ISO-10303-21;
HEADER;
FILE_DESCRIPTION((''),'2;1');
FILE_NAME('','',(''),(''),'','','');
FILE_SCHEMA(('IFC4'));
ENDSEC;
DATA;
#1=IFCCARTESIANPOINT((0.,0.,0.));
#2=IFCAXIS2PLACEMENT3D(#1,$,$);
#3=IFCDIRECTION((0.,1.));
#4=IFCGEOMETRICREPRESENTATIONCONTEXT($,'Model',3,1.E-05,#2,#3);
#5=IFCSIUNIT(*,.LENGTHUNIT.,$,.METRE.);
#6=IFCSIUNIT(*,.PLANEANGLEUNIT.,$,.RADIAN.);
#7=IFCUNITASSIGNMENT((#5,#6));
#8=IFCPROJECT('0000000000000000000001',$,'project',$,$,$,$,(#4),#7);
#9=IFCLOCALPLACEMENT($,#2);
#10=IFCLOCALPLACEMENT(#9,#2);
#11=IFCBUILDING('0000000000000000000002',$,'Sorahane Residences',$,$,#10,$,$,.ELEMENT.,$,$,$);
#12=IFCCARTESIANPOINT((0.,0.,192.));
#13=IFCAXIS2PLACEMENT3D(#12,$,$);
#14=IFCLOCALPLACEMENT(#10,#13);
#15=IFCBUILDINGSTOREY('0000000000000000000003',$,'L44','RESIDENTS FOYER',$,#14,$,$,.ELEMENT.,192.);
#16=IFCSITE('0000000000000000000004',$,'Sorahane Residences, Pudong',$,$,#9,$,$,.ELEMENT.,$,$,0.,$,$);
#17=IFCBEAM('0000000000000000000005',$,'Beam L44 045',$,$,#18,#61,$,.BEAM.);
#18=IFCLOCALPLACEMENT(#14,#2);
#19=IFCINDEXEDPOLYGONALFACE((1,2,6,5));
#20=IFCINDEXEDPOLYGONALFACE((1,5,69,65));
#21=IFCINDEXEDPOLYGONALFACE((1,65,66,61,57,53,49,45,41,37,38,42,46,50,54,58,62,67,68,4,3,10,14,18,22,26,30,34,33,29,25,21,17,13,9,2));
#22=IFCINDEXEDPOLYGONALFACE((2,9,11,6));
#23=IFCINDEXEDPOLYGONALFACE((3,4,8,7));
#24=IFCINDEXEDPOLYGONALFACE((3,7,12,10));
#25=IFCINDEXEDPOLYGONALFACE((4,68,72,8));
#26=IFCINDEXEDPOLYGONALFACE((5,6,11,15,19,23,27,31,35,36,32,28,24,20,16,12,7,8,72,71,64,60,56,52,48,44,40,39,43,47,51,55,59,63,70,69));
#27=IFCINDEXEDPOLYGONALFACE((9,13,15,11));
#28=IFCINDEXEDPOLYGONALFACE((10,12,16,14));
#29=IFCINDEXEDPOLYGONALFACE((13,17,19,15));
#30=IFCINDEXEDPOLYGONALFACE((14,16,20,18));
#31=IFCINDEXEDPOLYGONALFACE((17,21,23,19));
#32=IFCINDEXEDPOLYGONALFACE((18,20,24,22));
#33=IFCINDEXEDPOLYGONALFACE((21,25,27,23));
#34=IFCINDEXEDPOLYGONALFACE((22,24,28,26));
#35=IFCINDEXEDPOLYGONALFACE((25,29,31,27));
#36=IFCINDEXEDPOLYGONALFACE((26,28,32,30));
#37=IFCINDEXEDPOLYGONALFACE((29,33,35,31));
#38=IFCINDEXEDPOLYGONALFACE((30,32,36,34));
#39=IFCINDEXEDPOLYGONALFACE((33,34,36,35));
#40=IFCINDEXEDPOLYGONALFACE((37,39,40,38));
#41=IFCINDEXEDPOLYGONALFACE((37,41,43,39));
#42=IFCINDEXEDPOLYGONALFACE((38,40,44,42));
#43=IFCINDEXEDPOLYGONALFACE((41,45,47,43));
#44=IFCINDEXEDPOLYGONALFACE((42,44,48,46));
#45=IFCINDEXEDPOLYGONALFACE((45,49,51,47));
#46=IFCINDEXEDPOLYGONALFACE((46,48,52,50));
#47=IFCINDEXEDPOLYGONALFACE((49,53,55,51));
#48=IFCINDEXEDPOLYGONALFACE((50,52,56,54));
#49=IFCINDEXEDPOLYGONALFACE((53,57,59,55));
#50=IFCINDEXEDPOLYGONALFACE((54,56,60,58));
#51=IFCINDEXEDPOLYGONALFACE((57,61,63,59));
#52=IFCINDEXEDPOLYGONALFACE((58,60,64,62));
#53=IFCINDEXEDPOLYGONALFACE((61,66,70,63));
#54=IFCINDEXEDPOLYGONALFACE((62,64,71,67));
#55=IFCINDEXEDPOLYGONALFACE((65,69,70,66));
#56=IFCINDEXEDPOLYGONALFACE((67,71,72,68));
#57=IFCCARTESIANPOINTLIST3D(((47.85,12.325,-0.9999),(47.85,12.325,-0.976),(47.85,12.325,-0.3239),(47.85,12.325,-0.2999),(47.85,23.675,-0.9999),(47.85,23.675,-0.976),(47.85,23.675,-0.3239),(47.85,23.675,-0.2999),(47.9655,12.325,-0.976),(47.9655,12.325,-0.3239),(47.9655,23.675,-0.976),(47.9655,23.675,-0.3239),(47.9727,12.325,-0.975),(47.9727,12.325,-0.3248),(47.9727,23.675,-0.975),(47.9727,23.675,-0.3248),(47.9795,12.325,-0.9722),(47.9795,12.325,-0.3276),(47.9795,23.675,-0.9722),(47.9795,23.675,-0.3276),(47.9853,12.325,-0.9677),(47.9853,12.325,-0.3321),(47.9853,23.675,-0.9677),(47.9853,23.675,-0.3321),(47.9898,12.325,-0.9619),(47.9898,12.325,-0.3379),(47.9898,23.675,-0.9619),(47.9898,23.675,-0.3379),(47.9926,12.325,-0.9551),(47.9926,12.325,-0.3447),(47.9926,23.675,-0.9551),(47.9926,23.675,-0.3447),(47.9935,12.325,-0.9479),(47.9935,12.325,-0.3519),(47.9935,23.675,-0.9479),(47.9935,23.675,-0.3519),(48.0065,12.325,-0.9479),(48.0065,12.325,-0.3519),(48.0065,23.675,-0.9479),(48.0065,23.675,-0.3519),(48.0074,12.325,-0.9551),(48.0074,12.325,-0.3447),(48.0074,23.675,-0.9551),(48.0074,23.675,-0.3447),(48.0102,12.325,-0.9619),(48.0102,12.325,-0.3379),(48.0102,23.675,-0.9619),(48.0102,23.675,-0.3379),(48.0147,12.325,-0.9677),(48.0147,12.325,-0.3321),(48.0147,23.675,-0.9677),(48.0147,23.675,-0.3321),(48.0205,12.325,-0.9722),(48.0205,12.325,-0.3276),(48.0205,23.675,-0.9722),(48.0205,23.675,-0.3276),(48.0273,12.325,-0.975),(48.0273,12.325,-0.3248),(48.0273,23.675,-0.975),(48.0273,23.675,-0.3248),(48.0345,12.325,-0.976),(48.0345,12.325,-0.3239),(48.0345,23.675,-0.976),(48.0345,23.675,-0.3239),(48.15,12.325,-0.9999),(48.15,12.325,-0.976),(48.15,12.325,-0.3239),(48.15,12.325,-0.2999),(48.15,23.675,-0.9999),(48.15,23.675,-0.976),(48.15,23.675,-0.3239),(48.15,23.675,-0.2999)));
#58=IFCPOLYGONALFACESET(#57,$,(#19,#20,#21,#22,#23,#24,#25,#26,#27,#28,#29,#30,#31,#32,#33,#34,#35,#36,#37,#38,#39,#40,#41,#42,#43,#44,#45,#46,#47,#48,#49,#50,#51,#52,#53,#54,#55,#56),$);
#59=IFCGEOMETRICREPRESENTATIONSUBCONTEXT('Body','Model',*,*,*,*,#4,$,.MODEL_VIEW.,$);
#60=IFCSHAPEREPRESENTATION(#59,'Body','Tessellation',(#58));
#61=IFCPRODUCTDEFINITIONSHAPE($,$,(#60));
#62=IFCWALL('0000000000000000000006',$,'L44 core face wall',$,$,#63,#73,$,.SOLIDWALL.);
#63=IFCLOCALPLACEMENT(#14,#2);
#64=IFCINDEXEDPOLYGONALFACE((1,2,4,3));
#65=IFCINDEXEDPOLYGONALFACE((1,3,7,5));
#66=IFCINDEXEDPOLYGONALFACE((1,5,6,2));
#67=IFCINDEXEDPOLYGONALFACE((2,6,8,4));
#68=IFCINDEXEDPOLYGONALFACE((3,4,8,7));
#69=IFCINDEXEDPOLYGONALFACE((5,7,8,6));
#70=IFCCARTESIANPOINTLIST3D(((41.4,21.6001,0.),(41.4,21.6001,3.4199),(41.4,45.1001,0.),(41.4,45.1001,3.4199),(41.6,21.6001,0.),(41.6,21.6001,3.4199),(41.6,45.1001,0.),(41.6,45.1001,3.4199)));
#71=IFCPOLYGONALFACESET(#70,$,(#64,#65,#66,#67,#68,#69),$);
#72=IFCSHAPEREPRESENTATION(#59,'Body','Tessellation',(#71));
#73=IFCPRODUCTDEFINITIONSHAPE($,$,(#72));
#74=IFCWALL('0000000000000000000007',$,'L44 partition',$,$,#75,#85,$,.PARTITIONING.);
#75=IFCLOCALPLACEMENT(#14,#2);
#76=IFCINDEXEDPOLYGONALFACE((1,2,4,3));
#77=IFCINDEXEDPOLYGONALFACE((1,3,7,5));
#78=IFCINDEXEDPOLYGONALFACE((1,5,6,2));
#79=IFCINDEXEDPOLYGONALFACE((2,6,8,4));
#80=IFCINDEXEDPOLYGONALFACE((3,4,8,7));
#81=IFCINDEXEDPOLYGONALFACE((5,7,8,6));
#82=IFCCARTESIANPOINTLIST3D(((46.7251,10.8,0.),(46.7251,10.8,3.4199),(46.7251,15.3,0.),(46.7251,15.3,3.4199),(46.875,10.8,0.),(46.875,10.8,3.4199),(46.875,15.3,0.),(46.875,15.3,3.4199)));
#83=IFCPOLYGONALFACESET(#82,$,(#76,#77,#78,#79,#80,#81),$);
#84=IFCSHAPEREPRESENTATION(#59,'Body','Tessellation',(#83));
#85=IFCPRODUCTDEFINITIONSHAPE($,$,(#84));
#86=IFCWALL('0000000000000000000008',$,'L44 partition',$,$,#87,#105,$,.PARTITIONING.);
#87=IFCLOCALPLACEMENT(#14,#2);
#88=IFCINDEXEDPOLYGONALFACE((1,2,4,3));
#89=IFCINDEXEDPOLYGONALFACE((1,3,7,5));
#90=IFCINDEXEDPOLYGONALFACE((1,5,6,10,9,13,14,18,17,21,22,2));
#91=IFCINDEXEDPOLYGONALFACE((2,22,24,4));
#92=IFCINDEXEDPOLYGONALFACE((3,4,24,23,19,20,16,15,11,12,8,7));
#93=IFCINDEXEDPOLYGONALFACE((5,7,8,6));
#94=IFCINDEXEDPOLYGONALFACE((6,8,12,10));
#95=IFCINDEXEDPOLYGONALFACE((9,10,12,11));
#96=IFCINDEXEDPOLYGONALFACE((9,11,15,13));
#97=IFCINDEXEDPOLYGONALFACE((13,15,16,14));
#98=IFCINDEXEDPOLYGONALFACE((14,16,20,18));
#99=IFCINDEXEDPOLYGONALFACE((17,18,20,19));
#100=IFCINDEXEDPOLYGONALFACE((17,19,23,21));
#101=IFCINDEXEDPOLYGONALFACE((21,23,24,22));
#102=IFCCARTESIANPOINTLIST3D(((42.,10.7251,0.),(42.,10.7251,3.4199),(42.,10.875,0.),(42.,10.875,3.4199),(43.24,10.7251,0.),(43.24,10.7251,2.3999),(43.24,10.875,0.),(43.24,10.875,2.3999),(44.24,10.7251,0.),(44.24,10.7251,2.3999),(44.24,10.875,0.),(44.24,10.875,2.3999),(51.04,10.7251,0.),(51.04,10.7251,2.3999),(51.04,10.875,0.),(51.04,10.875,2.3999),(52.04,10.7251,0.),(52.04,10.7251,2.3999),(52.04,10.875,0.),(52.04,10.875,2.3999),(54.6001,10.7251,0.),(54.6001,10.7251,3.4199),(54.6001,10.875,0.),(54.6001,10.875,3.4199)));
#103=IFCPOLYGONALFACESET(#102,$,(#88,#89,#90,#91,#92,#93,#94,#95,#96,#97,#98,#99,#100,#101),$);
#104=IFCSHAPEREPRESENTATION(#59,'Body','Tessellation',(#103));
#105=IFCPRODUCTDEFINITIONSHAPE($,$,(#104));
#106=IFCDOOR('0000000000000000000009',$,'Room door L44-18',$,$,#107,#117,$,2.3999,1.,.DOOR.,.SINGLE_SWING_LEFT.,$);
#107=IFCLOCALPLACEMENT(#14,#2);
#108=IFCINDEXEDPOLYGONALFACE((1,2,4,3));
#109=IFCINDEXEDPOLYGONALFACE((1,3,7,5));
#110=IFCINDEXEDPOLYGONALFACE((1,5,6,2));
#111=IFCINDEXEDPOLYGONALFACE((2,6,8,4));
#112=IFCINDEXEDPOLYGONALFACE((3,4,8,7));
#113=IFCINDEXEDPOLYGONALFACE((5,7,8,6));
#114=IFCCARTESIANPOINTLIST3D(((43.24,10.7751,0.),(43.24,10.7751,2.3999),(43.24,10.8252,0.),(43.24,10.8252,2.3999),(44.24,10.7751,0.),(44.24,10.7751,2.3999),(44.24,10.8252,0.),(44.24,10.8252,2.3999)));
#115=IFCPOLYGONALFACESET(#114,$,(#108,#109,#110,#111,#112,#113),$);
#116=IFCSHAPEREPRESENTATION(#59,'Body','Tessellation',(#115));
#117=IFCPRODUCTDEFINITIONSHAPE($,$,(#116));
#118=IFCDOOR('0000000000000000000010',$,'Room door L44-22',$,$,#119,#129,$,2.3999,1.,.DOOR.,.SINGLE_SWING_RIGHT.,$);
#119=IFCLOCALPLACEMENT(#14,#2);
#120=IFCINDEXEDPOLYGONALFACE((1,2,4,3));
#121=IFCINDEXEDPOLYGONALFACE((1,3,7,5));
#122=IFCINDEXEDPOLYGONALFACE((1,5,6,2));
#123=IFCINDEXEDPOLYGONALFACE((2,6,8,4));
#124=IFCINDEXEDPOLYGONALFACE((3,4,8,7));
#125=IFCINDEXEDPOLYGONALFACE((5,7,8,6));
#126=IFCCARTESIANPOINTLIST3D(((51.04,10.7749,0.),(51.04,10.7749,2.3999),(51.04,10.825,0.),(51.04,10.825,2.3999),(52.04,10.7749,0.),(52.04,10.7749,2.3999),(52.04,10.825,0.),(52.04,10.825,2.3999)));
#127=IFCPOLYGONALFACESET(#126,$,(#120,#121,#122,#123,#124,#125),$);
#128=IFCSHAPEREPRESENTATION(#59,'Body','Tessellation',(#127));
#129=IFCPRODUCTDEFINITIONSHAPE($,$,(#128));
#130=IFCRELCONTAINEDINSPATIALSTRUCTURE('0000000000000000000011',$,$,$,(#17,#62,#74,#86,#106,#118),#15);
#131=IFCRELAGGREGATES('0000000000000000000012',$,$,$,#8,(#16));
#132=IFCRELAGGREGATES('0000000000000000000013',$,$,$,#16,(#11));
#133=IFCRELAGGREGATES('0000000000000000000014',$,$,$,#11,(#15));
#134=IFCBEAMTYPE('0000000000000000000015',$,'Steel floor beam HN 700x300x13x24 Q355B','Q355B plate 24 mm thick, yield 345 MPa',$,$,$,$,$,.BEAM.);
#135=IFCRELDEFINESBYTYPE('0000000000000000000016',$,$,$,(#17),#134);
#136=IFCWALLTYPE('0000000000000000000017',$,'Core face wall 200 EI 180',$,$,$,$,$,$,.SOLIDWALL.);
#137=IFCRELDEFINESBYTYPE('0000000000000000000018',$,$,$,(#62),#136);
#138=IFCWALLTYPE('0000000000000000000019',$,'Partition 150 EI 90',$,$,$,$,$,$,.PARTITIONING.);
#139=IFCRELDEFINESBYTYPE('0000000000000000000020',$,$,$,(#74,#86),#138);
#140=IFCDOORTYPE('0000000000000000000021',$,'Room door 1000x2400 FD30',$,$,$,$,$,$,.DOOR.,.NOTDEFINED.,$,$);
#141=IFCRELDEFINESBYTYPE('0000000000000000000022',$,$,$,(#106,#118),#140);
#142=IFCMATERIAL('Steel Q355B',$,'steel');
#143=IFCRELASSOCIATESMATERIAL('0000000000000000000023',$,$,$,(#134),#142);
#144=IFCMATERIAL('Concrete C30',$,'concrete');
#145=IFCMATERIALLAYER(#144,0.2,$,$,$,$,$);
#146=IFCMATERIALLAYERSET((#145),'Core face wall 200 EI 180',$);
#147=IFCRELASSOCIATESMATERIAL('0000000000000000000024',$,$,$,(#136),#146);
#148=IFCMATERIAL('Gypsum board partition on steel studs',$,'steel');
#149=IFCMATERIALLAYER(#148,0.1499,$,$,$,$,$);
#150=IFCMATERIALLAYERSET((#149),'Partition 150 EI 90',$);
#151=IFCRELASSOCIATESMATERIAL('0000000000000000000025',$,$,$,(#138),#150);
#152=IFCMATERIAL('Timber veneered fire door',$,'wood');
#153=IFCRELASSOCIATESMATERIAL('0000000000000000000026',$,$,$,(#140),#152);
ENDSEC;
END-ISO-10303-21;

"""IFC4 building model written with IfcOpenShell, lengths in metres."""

from ifc_helpers import new_model, si_unit, direction, frame, frame_2d, origin, origin_2d, place, context, subcontext, project, spatial, rectangle, i_section, extrude, material, layer, layer_set, material_profile, profile_set, type_object, element, fill, save


model = new_model("IFC4")

# Units and contexts
model_context = context("Model", 3, precision=1e-05, world=origin(), true_north=direction((0.0, 1.0)))
body_context = subcontext(model_context, "Body", "Model", "MODEL_VIEW")
ifc_project = project(units=[si_unit("LENGTHUNIT", "METRE"), si_unit("PLANEANGLEUNIT", "RADIAN")], contexts=[model_context])

# Site, building, storey
site_placement = place(None, origin())
site = spatial("IfcSite", under=ifc_project, at=site_placement, Name="Sorahane Residences, Pudong", CompositionType="ELEMENT", RefElevation=0.0)
building_placement = place(site_placement, origin())
building = spatial("IfcBuilding", under=site, at=building_placement, Name="Sorahane Residences", CompositionType="ELEMENT")
storey_placement = place(building_placement, frame((0.0, 0.0, 192.0)))
storey = spatial("IfcBuildingStorey", under=building, at=storey_placement, Name="L44", Description="RESIDENTS FOYER", CompositionType="ELEMENT", Elevation=192.0)

# Beam
ifc_material_1 = material(Name="Steel Q355B", Category="steel")
ifc_material_profile_1 = material_profile(ifc_material_1, i_section(OverallWidth=0.3, OverallDepth=0.7, WebThickness=0.0129, FlangeThickness=0.0239, FilletRadius=0.0281, at=origin_2d()), Name="HN 700x300x13x24")
ifc_profile_set_1 = profile_set([ifc_material_profile_1], Name="Steel Q355B")
beam_type_1 = type_object("IfcBeamType", Name="Steel floor beam HN 700x300x13x24 Q355B", Description="Q355B plate 24 mm thick, yield 345 MPa", PredefinedType="BEAM", material=ifc_profile_set_1)
beam_1_placement = place(storey_placement, frame((48.0, 12.325, -0.6499), z_axis=(0.0, 1.0, 0.0), x_axis=(-1.0, 0.0, 0.0)))
element("IfcBeam", 1, at=beam_1_placement, inside=storey, type_object=beam_type_1, Name="Beam L44 045", PredefinedType="BEAM", context=body_context, shape_type="SweptSolid", body=[
    extrude(i_section(OverallWidth=0.3, OverallDepth=0.7, WebThickness=0.0129, FlangeThickness=0.0239, FilletRadius=0.0281, at=origin_2d()), origin(), (0.0, 0.0, 1.0), 11.3501),
])

# Wall
ifc_material_2 = material(Name="Concrete C30", Category="concrete")
ifc_layer_1 = layer(ifc_material_2, 0.2)
ifc_layer_set_1 = layer_set([ifc_layer_1], Name="Core face wall 200 EI 180")
wall_type_1 = type_object("IfcWallType", Name="Core face wall 200 EI 180", PredefinedType="SOLIDWALL", material=ifc_layer_set_1)
wall_1_placement = place(storey_placement, frame((41.5, 21.6001, 0.0), z_axis=(0.0, 0.0, 1.0), x_axis=(0.0, 1.0, 0.0)))
element("IfcWall", 2, at=wall_1_placement, inside=storey, type_object=wall_type_1, Name="L44 core face wall", PredefinedType="SOLIDWALL", context=body_context, shape_type="SweptSolid", body=[
    extrude(rectangle(XDim=23.5, YDim=0.2, at=frame_2d((11.75, 0.0))), origin(), (0.0, 0.0, 1.0), 3.4199),
])

# Wall
ifc_material_3 = material(Name="Gypsum board partition on steel studs", Category="steel")
ifc_layer_2 = layer(ifc_material_3, 0.1499)
ifc_layer_set_2 = layer_set([ifc_layer_2], Name="Partition 150 EI 90")
wall_type_2 = type_object("IfcWallType", Name="Partition 150 EI 90", PredefinedType="PARTITIONING", material=ifc_layer_set_2)
wall_2_placement = place(storey_placement, frame((46.8, 10.8, 0.0), z_axis=(0.0, 0.0, 1.0), x_axis=(0.0, 1.0, 0.0)))
element("IfcWall", 3, at=wall_2_placement, inside=storey, type_object=wall_type_2, Name="L44 partition", PredefinedType="PARTITIONING", context=body_context, shape_type="SweptSolid", body=[
    extrude(rectangle(XDim=4.5, YDim=0.1499, at=frame_2d((2.25, 0.0))), origin(), (0.0, 0.0, 1.0), 3.4199),
])

# Wall, openings, doors
wall_3_placement = place(storey_placement, frame((42.0, 10.8, 0.0), z_axis=(0.0, 0.0, 1.0), x_axis=(1.0, 0.0, 0.0)))
wall_3 = element("IfcWall", 4, at=wall_3_placement, inside=storey, type_object=wall_type_2, Name="L44 partition", PredefinedType="PARTITIONING", context=body_context, shape_type="SweptSolid", body=[
    extrude(rectangle(XDim=12.6001, YDim=0.1499, at=frame_2d((6.3, 0.0))), origin(), (0.0, 0.0, 1.0), 3.4199),
])
opening_1_placement = place(wall_3_placement, frame((1.24, 0.0, 0.0)))
opening_1 = element("IfcOpeningElement", 5, at=opening_1_placement, cuts=wall_3, PredefinedType="OPENING", context=body_context, shape_type="SweptSolid", body=[
    extrude(rectangle(XDim=1.0, YDim=2.3999, at=frame_2d((0.5, 1.2))), frame((0.0, 0.085, 0.0), z_axis=(0.0, -1.0, 0.0), x_axis=(1.0, 0.0, 0.0)), (0.0, 0.0, 1.0), 0.1699),
])
opening_2_placement = place(wall_3_placement, frame((9.04, 0.0, 0.0)))
opening_2 = element("IfcOpeningElement", 6, at=opening_2_placement, cuts=wall_3, PredefinedType="OPENING", context=body_context, shape_type="SweptSolid", body=[
    extrude(rectangle(XDim=1.0, YDim=2.3999, at=frame_2d((0.5, 1.2))), frame((0.0, 0.085, 0.0), z_axis=(0.0, -1.0, 0.0), x_axis=(1.0, 0.0, 0.0)), (0.0, 0.0, 1.0), 0.1699),
])
ifc_material_4 = material(Name="Timber veneered fire door", Category="wood")
door_type_1 = type_object("IfcDoorType", Name="Room door 1000x2400 FD30", OperationType="NOTDEFINED", PredefinedType="DOOR", material=ifc_material_4)
door_1_placement = place(opening_1_placement, frame((1.0, 0.0, 0.0), z_axis=(0.0, 0.0, 1.0), x_axis=(-1.0, 0.0, 0.0)))
door_1 = element("IfcDoor", 7, at=door_1_placement, inside=storey, type_object=door_type_1, Name="Room door L44-18", OperationType="SINGLE_SWING_LEFT", OverallHeight=2.3999, OverallWidth=1.0, PredefinedType="DOOR", context=body_context, shape_type="SweptSolid", body=[
    extrude(rectangle(XDim=1.0, YDim=2.3999, at=frame_2d((0.5, 1.2))), frame((0.0, 0.0249, 0.0), z_axis=(0.0, -1.0, 0.0), x_axis=(1.0, 0.0, 0.0)), (0.0, 0.0, 1.0), 0.05),
])
fill(opening_1, door_1)
door_2_placement = place(opening_2_placement, origin())
door_2 = element("IfcDoor", 8, at=door_2_placement, inside=storey, type_object=door_type_1, Name="Room door L44-22", OperationType="SINGLE_SWING_RIGHT", OverallHeight=2.3999, OverallWidth=1.0, PredefinedType="DOOR", context=body_context, shape_type="SweptSolid", body=[
    extrude(rectangle(XDim=1.0, YDim=2.3999, at=frame_2d((0.5, 1.2))), frame((0.0, 0.0249, 0.0), z_axis=(0.0, -1.0, 0.0), x_axis=(1.0, 0.0, 0.0)), (0.0, 0.0, 1.0), 0.05),
])
fill(opening_2, door_2)

save(model, "model.ifc")
